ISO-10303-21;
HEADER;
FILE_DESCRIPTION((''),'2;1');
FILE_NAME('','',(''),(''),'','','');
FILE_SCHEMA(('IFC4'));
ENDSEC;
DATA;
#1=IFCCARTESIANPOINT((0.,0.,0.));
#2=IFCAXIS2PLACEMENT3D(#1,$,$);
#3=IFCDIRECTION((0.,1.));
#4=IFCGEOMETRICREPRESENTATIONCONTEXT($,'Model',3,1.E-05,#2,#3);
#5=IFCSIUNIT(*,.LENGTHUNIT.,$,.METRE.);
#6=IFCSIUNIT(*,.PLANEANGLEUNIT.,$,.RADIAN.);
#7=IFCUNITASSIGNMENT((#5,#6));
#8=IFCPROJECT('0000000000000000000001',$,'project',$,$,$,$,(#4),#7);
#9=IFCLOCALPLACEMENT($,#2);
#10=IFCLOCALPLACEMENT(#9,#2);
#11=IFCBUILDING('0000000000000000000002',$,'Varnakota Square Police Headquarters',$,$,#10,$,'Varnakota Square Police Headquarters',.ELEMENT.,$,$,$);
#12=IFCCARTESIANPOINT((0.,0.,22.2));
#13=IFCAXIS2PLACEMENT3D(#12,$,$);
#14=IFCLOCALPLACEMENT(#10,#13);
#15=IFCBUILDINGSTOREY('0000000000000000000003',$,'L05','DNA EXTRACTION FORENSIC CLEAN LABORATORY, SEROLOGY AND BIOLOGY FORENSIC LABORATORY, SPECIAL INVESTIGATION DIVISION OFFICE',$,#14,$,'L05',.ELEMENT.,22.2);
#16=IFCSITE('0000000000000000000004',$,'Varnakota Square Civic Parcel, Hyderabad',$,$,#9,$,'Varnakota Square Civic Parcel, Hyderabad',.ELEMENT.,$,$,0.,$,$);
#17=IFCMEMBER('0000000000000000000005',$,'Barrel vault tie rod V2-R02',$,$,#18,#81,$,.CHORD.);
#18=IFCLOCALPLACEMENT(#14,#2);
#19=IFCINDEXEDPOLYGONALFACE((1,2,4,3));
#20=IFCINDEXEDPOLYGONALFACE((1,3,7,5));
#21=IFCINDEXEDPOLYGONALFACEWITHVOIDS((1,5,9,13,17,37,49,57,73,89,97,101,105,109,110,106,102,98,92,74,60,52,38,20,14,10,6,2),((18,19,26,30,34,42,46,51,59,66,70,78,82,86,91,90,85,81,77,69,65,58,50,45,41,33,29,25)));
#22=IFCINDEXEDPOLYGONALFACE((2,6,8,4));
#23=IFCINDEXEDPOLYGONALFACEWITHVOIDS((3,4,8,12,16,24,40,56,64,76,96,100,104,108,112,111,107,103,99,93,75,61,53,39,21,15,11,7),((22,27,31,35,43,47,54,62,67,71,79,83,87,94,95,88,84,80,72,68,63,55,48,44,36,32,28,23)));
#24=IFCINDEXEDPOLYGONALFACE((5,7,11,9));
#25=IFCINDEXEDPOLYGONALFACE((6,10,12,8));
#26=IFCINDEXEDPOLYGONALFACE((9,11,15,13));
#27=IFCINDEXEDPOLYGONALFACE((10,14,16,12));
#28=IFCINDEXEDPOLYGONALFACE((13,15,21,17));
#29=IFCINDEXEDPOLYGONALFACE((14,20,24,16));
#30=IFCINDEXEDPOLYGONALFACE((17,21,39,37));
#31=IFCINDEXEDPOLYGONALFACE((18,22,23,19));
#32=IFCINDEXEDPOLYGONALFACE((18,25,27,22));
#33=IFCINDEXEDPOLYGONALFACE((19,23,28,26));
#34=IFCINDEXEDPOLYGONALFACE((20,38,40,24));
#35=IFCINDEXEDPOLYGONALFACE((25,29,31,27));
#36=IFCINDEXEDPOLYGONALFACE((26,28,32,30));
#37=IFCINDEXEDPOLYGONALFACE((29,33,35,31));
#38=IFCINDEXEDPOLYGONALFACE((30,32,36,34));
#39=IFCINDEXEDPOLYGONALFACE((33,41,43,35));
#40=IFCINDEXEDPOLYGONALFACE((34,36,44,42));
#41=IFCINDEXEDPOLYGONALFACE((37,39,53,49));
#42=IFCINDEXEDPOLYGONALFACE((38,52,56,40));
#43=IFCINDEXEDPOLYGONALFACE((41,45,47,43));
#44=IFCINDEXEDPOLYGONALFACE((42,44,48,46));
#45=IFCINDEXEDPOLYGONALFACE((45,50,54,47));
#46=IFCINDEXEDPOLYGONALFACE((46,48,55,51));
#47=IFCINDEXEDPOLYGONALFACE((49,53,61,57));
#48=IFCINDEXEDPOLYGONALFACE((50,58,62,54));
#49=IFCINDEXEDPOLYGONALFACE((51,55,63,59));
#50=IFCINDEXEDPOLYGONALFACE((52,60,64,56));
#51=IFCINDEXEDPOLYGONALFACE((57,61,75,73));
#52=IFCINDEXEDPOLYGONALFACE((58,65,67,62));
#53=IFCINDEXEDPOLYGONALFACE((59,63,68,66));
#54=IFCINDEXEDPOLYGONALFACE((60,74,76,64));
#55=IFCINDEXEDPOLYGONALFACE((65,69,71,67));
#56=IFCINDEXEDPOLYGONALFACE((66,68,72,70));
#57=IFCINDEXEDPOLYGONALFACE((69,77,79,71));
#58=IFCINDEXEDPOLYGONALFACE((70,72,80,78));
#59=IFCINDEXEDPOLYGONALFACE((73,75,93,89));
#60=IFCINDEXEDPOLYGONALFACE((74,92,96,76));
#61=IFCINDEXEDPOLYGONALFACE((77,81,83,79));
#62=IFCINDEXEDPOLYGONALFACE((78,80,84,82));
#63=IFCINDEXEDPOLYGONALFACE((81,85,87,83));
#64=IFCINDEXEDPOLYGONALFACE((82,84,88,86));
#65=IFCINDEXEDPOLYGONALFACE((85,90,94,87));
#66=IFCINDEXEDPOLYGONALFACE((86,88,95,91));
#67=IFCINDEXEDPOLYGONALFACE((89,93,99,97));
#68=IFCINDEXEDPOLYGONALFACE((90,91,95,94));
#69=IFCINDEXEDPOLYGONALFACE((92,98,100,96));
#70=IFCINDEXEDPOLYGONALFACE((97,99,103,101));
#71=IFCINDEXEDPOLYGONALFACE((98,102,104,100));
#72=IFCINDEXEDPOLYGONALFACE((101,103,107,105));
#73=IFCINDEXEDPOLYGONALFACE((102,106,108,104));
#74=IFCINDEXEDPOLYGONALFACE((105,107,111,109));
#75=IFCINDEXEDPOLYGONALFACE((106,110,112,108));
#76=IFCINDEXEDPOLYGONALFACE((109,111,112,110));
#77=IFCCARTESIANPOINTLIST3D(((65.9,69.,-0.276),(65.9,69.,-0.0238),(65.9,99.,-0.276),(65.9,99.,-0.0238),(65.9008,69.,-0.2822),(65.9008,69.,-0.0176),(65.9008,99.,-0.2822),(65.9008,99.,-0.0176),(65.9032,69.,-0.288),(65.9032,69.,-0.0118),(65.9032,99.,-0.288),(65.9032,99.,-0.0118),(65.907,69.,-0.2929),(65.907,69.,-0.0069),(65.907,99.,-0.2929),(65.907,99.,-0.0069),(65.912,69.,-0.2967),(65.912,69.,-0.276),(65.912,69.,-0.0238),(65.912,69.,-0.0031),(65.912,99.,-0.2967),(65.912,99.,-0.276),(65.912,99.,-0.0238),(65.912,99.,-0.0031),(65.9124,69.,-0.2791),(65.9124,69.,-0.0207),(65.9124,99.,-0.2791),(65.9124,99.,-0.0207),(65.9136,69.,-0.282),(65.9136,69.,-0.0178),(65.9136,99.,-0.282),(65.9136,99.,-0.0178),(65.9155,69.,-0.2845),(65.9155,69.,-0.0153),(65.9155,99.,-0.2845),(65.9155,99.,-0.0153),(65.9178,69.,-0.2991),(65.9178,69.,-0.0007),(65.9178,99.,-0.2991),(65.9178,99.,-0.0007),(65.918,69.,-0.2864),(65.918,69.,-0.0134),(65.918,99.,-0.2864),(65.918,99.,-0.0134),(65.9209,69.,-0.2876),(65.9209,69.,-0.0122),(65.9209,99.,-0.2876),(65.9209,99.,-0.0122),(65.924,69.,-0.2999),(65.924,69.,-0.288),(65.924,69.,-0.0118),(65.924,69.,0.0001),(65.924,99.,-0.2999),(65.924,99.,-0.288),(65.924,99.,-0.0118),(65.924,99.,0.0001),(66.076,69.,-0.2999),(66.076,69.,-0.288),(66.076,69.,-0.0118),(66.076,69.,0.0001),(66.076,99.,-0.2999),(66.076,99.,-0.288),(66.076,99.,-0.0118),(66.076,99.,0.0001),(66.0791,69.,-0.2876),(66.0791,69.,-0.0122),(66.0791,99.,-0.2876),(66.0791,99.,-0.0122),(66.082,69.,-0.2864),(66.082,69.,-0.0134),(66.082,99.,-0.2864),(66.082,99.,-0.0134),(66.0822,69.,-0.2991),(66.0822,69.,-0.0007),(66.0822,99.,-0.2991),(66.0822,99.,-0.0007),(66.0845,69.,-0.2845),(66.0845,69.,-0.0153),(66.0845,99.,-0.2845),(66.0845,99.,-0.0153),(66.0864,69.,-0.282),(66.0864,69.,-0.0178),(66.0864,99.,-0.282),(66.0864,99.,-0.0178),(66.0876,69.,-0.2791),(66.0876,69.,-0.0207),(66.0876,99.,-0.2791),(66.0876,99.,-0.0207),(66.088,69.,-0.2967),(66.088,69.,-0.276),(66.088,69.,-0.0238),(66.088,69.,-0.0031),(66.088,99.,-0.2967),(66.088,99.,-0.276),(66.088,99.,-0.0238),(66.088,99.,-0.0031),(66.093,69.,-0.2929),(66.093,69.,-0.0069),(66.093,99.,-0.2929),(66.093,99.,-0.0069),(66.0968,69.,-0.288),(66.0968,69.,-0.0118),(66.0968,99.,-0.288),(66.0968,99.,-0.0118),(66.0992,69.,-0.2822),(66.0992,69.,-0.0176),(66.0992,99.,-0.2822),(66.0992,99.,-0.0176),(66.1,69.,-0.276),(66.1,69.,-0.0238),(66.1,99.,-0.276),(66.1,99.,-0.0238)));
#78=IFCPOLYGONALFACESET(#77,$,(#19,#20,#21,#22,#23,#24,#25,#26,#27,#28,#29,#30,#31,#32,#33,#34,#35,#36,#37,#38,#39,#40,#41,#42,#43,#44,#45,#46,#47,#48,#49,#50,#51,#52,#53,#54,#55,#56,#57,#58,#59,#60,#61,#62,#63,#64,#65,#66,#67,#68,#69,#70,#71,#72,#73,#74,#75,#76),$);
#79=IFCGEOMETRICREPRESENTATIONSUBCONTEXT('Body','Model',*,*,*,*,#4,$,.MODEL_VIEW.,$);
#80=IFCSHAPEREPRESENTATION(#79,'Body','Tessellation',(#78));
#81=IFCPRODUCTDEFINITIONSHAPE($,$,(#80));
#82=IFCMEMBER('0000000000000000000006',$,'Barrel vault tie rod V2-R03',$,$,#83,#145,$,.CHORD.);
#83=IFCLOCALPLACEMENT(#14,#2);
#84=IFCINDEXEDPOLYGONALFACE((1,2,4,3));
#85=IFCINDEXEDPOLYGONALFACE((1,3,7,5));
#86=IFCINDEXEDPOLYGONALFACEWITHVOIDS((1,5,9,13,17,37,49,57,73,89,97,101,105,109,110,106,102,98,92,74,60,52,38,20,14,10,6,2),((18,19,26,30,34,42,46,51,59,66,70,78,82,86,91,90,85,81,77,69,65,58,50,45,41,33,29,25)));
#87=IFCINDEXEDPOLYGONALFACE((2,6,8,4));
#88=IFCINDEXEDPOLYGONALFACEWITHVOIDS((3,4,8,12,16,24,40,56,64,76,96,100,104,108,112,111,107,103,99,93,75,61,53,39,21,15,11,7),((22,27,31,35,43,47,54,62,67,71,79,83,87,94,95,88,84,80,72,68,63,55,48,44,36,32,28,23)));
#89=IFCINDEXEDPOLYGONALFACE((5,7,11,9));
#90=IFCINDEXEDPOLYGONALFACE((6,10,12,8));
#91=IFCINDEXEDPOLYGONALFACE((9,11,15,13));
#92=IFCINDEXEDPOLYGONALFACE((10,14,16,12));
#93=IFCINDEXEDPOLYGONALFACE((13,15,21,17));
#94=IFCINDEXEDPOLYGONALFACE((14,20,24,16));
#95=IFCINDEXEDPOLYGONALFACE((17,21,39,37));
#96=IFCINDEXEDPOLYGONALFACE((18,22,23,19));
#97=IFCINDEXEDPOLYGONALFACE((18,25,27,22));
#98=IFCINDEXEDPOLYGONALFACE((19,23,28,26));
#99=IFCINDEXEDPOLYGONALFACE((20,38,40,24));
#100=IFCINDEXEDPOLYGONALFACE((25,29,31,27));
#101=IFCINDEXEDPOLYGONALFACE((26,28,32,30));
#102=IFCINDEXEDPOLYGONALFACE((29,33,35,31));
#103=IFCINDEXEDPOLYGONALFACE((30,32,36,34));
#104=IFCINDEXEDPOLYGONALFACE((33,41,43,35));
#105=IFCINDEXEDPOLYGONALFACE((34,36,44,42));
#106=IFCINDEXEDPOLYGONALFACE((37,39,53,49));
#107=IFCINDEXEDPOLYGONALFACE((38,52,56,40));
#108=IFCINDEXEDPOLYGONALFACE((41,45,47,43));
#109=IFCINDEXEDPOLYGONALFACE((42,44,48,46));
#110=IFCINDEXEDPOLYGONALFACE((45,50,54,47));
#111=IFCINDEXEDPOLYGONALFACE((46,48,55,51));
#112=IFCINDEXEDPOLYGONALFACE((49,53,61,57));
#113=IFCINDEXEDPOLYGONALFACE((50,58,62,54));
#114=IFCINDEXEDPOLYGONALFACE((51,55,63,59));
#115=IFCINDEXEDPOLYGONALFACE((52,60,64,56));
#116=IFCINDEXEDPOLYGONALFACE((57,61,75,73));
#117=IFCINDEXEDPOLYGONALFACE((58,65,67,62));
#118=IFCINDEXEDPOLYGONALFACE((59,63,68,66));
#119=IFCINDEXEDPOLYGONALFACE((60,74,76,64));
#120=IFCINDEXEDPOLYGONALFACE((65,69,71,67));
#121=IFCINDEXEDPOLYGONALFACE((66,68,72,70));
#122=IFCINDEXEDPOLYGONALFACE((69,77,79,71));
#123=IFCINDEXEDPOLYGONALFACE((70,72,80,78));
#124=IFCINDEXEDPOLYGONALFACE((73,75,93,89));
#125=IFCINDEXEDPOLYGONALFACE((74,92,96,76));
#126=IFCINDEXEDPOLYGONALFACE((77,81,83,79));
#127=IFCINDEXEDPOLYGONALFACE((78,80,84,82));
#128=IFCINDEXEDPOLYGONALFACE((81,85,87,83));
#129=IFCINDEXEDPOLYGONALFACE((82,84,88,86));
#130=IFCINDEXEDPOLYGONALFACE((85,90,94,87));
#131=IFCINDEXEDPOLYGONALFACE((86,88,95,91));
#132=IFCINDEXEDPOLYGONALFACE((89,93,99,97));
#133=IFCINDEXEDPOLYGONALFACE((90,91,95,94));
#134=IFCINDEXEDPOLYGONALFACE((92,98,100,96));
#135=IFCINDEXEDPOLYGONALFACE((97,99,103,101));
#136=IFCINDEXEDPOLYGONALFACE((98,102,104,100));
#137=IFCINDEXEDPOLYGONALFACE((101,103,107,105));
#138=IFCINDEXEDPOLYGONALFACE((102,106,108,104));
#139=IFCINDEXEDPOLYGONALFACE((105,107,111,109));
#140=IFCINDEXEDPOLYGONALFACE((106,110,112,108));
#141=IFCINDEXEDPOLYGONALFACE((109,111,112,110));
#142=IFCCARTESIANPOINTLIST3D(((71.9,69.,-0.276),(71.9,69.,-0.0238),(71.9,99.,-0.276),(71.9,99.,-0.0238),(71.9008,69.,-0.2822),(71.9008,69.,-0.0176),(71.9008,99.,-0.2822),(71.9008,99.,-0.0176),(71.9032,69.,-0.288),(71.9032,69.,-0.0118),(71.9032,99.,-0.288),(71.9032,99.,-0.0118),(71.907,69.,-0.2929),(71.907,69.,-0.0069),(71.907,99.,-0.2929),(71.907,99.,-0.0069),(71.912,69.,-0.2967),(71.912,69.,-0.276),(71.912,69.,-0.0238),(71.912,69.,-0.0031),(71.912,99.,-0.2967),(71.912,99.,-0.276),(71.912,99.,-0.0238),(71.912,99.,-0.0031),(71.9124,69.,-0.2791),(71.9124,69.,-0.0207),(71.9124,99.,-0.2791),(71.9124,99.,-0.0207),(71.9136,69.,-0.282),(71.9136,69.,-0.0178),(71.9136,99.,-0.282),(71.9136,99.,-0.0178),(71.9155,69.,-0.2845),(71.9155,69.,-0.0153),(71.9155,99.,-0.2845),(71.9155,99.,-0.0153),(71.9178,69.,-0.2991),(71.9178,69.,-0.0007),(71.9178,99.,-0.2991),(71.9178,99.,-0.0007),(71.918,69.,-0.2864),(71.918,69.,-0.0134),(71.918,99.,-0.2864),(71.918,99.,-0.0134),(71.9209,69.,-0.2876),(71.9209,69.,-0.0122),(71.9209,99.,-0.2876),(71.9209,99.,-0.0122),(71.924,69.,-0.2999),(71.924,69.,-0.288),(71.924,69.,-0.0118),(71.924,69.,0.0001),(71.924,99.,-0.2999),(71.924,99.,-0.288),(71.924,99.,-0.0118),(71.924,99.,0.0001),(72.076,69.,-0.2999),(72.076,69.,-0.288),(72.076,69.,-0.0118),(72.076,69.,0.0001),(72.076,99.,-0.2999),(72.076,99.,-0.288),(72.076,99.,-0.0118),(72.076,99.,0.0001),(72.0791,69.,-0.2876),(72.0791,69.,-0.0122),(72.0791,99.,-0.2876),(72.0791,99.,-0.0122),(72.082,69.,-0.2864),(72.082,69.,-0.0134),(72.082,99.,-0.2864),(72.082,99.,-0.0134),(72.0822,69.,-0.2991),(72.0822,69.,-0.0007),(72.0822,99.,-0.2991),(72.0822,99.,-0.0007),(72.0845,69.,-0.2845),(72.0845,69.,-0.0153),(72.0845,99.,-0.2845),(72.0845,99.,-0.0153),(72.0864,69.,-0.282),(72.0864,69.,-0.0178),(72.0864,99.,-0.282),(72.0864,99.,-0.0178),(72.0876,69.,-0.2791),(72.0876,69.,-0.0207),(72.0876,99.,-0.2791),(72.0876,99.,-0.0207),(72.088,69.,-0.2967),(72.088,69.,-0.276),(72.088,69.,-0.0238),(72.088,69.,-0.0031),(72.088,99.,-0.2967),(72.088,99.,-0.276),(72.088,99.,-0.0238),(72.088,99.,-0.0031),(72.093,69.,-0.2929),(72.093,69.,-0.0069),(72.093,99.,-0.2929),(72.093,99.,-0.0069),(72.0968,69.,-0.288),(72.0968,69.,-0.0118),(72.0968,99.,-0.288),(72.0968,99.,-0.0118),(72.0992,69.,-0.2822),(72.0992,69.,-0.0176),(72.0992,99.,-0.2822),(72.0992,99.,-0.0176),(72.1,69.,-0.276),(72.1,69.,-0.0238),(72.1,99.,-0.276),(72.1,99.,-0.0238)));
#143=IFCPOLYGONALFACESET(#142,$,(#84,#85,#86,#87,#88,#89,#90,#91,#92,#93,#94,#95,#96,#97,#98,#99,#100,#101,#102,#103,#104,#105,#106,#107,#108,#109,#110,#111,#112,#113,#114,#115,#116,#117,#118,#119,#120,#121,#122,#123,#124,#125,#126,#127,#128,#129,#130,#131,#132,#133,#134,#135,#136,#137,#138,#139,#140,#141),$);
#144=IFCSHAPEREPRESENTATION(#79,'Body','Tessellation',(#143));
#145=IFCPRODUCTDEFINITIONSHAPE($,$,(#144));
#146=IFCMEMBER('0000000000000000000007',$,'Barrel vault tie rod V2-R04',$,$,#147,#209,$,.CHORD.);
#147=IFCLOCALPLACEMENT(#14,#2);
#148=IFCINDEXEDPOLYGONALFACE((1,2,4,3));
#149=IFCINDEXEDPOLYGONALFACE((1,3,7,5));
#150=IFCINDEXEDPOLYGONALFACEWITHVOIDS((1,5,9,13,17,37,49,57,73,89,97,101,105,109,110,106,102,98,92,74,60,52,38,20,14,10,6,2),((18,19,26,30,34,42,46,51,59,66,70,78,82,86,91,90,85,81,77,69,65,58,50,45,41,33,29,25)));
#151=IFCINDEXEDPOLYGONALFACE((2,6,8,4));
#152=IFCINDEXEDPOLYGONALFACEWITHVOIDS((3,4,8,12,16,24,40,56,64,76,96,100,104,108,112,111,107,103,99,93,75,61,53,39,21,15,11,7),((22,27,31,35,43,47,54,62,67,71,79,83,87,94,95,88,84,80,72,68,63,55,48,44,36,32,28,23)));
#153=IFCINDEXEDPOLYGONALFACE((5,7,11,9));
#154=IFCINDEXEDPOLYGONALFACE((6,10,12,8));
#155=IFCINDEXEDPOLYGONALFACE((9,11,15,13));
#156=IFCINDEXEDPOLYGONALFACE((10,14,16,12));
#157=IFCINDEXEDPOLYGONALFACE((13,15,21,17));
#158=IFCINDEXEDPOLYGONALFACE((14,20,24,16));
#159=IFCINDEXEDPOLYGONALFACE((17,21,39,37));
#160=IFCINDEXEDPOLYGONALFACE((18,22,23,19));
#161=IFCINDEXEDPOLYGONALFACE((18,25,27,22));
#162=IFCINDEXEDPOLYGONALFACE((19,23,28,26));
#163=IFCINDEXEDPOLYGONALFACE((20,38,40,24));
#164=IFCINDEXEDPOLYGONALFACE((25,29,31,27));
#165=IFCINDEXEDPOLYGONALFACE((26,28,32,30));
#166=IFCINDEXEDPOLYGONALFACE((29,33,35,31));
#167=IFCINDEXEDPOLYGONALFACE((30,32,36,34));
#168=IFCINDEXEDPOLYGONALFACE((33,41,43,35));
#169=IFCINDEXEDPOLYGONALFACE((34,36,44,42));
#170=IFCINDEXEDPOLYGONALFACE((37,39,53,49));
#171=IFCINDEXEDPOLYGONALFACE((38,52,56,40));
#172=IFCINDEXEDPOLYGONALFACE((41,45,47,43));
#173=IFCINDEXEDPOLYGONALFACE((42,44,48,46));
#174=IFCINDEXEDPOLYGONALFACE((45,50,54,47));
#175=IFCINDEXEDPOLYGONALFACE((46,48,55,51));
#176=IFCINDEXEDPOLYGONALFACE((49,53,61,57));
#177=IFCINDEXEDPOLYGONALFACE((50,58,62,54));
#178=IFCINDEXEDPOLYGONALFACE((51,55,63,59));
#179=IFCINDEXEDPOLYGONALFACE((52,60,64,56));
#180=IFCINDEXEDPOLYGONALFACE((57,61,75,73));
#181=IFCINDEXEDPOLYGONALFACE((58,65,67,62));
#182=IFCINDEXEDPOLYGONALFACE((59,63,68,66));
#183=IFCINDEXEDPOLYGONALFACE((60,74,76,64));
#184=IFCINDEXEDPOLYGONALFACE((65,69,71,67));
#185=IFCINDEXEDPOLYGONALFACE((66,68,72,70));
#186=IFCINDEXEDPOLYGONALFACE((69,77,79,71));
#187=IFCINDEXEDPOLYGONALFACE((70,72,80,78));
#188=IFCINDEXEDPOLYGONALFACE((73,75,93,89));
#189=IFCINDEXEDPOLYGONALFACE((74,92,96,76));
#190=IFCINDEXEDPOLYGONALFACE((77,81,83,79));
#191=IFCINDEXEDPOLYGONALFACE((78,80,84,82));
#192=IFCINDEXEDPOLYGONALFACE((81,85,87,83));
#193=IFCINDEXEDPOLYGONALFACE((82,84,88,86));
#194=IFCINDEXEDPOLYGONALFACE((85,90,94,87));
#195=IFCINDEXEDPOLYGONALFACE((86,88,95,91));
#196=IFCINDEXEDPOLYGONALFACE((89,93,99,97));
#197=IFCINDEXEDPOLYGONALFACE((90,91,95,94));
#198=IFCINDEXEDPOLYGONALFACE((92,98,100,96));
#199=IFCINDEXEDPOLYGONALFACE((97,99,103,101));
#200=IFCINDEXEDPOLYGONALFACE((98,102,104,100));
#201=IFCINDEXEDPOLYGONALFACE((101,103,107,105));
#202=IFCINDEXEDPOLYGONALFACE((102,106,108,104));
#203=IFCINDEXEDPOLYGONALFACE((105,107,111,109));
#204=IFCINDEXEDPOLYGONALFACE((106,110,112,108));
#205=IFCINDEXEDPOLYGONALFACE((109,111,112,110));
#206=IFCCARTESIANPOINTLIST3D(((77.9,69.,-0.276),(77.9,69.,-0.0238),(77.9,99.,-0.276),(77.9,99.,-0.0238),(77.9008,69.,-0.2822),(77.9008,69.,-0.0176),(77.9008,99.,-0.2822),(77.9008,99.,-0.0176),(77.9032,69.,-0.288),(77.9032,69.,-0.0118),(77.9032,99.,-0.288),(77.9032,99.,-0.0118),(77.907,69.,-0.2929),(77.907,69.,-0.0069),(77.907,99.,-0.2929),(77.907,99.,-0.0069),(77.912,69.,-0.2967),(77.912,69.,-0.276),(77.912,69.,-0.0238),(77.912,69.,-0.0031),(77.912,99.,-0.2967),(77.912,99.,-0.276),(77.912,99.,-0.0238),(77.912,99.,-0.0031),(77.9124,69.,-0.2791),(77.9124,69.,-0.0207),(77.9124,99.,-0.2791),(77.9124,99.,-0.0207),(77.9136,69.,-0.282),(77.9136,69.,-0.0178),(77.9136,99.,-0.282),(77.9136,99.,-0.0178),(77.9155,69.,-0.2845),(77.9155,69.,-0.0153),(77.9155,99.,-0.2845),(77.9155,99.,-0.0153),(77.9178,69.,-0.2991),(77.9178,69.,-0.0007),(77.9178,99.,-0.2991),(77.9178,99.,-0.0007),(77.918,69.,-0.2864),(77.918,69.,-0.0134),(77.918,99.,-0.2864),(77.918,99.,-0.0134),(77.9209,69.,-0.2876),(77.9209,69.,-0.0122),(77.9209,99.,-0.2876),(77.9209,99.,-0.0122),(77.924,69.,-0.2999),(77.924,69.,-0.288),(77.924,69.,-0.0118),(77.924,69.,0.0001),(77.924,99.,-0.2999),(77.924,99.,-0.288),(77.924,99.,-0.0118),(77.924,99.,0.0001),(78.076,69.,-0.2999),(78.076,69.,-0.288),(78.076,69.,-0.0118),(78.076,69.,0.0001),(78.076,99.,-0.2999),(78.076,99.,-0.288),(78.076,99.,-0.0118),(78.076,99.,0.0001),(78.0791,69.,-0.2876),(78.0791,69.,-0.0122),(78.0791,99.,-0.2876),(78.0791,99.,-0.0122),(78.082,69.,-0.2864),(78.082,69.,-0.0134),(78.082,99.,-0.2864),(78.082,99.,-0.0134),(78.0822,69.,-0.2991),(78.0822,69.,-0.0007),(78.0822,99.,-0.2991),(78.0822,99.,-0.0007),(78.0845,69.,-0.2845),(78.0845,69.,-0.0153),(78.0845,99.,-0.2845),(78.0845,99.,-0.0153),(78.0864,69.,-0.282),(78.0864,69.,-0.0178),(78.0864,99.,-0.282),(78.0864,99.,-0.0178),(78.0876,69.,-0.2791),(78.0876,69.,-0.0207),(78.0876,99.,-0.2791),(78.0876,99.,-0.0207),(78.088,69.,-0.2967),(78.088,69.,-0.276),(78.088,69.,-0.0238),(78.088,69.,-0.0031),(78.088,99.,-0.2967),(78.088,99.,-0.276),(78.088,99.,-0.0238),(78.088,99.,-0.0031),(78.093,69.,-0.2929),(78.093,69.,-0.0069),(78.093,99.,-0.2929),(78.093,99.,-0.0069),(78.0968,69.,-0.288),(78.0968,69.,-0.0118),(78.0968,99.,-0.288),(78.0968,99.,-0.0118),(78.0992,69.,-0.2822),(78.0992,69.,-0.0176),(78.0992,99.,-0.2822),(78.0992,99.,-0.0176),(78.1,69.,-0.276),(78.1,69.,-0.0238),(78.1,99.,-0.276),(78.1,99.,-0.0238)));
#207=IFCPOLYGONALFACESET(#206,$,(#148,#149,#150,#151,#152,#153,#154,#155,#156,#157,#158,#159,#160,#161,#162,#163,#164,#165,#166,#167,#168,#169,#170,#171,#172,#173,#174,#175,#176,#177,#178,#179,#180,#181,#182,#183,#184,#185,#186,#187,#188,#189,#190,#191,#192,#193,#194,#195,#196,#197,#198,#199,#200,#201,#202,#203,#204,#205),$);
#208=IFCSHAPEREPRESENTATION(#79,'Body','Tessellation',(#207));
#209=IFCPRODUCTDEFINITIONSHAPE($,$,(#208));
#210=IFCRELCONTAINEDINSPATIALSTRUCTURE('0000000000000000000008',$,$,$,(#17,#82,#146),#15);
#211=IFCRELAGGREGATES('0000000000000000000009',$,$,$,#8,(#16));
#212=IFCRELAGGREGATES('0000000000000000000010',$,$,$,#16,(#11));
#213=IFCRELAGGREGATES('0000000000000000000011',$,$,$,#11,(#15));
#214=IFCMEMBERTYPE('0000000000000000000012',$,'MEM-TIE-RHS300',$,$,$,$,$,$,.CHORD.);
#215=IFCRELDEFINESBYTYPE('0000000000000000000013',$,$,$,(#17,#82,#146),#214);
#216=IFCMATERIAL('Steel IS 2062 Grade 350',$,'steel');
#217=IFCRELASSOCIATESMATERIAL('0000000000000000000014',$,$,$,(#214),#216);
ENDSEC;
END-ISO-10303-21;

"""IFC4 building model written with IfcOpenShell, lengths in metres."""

from ifc_helpers import new_model, si_unit, direction, frame, origin, origin_2d, place, context, subcontext, project, spatial, hollow_rectangle, extrude, material, material_profile, profile_set, type_object, element, save


model = new_model("IFC4")

# Units and contexts
model_context = context("Model", 3, precision=1e-05, world=origin(), true_north=direction((0.0, 1.0)))
body_context = subcontext(model_context, "Body", "Model", "MODEL_VIEW")
ifc_project = project(units=[si_unit("LENGTHUNIT", "METRE"), si_unit("PLANEANGLEUNIT", "RADIAN")], contexts=[model_context])

# Site, building, storey
site_placement = place(None, origin())
site = spatial("IfcSite", under=ifc_project, at=site_placement, Name="Varnakota Square Civic Parcel, Hyderabad", LongName="Varnakota Square Civic Parcel, Hyderabad", CompositionType="ELEMENT", RefElevation=0.0)
building_placement = place(site_placement, origin())
building = spatial("IfcBuilding", under=site, at=building_placement, Name="Varnakota Square Police Headquarters", LongName="Varnakota Square Police Headquarters", CompositionType="ELEMENT")
storey_placement = place(building_placement, frame((0.0, 0.0, 22.2)))
storey = spatial("IfcBuildingStorey", under=building, at=storey_placement, Name="L05", Description="DNA EXTRACTION FORENSIC CLEAN LABORATORY, SEROLOGY AND BIOLOGY FORENSIC LABORATORY, SPECIAL INVESTIGATION DIVISION OFFICE", LongName="L05", CompositionType="ELEMENT", Elevation=22.2)

# Shared definitions
ifc_material_1 = material(Name="Steel IS 2062 Grade 350", Category="steel")

# Members
ifc_material_profile_1 = material_profile(ifc_material_1, hollow_rectangle(XDim=0.2, YDim=0.3, WallThickness=0.012, InnerFilletRadius=0.012, OuterFilletRadius=0.0239, at=origin_2d()), Name="RHS 300x200x12")
ifc_profile_set_1 = profile_set([ifc_material_profile_1], Name="Steel IS 2062 Grade 350")
member_type_1 = type_object("IfcMemberType", Name="MEM-TIE-RHS300", PredefinedType="CHORD", material=ifc_profile_set_1)
for number, where, z_axis, x_axis, name in (
    (1, (66.0, 69.0, -0.1499), (0.0, 1.0, 0.0), (-1.0, 0.0, 0.0), "Barrel vault tie rod V2-R02"),
    (2, (72.0, 69.0, -0.1499), (0.0, 1.0, 0.0), (-1.0, 0.0, 0.0), "Barrel vault tie rod V2-R03"),
    (3, (78.0, 69.0, -0.1499), (0.0, 1.0, 0.0), (-1.0, 0.0, 0.0), "Barrel vault tie rod V2-R04"),
):
    element("IfcMember", number, at=place(storey_placement, frame(where, z_axis=z_axis, x_axis=x_axis)), inside=storey, type_object=member_type_1, Name=name, PredefinedType="CHORD", context=body_context, shape_type="SweptSolid", body=[
        extrude(hollow_rectangle(XDim=0.2, YDim=0.3, WallThickness=0.012, InnerFilletRadius=0.012, OuterFilletRadius=0.0239, at=origin_2d()), origin(), (0.0, 0.0, 1.0), 30.0),
    ])

save(model, "model.ifc")
